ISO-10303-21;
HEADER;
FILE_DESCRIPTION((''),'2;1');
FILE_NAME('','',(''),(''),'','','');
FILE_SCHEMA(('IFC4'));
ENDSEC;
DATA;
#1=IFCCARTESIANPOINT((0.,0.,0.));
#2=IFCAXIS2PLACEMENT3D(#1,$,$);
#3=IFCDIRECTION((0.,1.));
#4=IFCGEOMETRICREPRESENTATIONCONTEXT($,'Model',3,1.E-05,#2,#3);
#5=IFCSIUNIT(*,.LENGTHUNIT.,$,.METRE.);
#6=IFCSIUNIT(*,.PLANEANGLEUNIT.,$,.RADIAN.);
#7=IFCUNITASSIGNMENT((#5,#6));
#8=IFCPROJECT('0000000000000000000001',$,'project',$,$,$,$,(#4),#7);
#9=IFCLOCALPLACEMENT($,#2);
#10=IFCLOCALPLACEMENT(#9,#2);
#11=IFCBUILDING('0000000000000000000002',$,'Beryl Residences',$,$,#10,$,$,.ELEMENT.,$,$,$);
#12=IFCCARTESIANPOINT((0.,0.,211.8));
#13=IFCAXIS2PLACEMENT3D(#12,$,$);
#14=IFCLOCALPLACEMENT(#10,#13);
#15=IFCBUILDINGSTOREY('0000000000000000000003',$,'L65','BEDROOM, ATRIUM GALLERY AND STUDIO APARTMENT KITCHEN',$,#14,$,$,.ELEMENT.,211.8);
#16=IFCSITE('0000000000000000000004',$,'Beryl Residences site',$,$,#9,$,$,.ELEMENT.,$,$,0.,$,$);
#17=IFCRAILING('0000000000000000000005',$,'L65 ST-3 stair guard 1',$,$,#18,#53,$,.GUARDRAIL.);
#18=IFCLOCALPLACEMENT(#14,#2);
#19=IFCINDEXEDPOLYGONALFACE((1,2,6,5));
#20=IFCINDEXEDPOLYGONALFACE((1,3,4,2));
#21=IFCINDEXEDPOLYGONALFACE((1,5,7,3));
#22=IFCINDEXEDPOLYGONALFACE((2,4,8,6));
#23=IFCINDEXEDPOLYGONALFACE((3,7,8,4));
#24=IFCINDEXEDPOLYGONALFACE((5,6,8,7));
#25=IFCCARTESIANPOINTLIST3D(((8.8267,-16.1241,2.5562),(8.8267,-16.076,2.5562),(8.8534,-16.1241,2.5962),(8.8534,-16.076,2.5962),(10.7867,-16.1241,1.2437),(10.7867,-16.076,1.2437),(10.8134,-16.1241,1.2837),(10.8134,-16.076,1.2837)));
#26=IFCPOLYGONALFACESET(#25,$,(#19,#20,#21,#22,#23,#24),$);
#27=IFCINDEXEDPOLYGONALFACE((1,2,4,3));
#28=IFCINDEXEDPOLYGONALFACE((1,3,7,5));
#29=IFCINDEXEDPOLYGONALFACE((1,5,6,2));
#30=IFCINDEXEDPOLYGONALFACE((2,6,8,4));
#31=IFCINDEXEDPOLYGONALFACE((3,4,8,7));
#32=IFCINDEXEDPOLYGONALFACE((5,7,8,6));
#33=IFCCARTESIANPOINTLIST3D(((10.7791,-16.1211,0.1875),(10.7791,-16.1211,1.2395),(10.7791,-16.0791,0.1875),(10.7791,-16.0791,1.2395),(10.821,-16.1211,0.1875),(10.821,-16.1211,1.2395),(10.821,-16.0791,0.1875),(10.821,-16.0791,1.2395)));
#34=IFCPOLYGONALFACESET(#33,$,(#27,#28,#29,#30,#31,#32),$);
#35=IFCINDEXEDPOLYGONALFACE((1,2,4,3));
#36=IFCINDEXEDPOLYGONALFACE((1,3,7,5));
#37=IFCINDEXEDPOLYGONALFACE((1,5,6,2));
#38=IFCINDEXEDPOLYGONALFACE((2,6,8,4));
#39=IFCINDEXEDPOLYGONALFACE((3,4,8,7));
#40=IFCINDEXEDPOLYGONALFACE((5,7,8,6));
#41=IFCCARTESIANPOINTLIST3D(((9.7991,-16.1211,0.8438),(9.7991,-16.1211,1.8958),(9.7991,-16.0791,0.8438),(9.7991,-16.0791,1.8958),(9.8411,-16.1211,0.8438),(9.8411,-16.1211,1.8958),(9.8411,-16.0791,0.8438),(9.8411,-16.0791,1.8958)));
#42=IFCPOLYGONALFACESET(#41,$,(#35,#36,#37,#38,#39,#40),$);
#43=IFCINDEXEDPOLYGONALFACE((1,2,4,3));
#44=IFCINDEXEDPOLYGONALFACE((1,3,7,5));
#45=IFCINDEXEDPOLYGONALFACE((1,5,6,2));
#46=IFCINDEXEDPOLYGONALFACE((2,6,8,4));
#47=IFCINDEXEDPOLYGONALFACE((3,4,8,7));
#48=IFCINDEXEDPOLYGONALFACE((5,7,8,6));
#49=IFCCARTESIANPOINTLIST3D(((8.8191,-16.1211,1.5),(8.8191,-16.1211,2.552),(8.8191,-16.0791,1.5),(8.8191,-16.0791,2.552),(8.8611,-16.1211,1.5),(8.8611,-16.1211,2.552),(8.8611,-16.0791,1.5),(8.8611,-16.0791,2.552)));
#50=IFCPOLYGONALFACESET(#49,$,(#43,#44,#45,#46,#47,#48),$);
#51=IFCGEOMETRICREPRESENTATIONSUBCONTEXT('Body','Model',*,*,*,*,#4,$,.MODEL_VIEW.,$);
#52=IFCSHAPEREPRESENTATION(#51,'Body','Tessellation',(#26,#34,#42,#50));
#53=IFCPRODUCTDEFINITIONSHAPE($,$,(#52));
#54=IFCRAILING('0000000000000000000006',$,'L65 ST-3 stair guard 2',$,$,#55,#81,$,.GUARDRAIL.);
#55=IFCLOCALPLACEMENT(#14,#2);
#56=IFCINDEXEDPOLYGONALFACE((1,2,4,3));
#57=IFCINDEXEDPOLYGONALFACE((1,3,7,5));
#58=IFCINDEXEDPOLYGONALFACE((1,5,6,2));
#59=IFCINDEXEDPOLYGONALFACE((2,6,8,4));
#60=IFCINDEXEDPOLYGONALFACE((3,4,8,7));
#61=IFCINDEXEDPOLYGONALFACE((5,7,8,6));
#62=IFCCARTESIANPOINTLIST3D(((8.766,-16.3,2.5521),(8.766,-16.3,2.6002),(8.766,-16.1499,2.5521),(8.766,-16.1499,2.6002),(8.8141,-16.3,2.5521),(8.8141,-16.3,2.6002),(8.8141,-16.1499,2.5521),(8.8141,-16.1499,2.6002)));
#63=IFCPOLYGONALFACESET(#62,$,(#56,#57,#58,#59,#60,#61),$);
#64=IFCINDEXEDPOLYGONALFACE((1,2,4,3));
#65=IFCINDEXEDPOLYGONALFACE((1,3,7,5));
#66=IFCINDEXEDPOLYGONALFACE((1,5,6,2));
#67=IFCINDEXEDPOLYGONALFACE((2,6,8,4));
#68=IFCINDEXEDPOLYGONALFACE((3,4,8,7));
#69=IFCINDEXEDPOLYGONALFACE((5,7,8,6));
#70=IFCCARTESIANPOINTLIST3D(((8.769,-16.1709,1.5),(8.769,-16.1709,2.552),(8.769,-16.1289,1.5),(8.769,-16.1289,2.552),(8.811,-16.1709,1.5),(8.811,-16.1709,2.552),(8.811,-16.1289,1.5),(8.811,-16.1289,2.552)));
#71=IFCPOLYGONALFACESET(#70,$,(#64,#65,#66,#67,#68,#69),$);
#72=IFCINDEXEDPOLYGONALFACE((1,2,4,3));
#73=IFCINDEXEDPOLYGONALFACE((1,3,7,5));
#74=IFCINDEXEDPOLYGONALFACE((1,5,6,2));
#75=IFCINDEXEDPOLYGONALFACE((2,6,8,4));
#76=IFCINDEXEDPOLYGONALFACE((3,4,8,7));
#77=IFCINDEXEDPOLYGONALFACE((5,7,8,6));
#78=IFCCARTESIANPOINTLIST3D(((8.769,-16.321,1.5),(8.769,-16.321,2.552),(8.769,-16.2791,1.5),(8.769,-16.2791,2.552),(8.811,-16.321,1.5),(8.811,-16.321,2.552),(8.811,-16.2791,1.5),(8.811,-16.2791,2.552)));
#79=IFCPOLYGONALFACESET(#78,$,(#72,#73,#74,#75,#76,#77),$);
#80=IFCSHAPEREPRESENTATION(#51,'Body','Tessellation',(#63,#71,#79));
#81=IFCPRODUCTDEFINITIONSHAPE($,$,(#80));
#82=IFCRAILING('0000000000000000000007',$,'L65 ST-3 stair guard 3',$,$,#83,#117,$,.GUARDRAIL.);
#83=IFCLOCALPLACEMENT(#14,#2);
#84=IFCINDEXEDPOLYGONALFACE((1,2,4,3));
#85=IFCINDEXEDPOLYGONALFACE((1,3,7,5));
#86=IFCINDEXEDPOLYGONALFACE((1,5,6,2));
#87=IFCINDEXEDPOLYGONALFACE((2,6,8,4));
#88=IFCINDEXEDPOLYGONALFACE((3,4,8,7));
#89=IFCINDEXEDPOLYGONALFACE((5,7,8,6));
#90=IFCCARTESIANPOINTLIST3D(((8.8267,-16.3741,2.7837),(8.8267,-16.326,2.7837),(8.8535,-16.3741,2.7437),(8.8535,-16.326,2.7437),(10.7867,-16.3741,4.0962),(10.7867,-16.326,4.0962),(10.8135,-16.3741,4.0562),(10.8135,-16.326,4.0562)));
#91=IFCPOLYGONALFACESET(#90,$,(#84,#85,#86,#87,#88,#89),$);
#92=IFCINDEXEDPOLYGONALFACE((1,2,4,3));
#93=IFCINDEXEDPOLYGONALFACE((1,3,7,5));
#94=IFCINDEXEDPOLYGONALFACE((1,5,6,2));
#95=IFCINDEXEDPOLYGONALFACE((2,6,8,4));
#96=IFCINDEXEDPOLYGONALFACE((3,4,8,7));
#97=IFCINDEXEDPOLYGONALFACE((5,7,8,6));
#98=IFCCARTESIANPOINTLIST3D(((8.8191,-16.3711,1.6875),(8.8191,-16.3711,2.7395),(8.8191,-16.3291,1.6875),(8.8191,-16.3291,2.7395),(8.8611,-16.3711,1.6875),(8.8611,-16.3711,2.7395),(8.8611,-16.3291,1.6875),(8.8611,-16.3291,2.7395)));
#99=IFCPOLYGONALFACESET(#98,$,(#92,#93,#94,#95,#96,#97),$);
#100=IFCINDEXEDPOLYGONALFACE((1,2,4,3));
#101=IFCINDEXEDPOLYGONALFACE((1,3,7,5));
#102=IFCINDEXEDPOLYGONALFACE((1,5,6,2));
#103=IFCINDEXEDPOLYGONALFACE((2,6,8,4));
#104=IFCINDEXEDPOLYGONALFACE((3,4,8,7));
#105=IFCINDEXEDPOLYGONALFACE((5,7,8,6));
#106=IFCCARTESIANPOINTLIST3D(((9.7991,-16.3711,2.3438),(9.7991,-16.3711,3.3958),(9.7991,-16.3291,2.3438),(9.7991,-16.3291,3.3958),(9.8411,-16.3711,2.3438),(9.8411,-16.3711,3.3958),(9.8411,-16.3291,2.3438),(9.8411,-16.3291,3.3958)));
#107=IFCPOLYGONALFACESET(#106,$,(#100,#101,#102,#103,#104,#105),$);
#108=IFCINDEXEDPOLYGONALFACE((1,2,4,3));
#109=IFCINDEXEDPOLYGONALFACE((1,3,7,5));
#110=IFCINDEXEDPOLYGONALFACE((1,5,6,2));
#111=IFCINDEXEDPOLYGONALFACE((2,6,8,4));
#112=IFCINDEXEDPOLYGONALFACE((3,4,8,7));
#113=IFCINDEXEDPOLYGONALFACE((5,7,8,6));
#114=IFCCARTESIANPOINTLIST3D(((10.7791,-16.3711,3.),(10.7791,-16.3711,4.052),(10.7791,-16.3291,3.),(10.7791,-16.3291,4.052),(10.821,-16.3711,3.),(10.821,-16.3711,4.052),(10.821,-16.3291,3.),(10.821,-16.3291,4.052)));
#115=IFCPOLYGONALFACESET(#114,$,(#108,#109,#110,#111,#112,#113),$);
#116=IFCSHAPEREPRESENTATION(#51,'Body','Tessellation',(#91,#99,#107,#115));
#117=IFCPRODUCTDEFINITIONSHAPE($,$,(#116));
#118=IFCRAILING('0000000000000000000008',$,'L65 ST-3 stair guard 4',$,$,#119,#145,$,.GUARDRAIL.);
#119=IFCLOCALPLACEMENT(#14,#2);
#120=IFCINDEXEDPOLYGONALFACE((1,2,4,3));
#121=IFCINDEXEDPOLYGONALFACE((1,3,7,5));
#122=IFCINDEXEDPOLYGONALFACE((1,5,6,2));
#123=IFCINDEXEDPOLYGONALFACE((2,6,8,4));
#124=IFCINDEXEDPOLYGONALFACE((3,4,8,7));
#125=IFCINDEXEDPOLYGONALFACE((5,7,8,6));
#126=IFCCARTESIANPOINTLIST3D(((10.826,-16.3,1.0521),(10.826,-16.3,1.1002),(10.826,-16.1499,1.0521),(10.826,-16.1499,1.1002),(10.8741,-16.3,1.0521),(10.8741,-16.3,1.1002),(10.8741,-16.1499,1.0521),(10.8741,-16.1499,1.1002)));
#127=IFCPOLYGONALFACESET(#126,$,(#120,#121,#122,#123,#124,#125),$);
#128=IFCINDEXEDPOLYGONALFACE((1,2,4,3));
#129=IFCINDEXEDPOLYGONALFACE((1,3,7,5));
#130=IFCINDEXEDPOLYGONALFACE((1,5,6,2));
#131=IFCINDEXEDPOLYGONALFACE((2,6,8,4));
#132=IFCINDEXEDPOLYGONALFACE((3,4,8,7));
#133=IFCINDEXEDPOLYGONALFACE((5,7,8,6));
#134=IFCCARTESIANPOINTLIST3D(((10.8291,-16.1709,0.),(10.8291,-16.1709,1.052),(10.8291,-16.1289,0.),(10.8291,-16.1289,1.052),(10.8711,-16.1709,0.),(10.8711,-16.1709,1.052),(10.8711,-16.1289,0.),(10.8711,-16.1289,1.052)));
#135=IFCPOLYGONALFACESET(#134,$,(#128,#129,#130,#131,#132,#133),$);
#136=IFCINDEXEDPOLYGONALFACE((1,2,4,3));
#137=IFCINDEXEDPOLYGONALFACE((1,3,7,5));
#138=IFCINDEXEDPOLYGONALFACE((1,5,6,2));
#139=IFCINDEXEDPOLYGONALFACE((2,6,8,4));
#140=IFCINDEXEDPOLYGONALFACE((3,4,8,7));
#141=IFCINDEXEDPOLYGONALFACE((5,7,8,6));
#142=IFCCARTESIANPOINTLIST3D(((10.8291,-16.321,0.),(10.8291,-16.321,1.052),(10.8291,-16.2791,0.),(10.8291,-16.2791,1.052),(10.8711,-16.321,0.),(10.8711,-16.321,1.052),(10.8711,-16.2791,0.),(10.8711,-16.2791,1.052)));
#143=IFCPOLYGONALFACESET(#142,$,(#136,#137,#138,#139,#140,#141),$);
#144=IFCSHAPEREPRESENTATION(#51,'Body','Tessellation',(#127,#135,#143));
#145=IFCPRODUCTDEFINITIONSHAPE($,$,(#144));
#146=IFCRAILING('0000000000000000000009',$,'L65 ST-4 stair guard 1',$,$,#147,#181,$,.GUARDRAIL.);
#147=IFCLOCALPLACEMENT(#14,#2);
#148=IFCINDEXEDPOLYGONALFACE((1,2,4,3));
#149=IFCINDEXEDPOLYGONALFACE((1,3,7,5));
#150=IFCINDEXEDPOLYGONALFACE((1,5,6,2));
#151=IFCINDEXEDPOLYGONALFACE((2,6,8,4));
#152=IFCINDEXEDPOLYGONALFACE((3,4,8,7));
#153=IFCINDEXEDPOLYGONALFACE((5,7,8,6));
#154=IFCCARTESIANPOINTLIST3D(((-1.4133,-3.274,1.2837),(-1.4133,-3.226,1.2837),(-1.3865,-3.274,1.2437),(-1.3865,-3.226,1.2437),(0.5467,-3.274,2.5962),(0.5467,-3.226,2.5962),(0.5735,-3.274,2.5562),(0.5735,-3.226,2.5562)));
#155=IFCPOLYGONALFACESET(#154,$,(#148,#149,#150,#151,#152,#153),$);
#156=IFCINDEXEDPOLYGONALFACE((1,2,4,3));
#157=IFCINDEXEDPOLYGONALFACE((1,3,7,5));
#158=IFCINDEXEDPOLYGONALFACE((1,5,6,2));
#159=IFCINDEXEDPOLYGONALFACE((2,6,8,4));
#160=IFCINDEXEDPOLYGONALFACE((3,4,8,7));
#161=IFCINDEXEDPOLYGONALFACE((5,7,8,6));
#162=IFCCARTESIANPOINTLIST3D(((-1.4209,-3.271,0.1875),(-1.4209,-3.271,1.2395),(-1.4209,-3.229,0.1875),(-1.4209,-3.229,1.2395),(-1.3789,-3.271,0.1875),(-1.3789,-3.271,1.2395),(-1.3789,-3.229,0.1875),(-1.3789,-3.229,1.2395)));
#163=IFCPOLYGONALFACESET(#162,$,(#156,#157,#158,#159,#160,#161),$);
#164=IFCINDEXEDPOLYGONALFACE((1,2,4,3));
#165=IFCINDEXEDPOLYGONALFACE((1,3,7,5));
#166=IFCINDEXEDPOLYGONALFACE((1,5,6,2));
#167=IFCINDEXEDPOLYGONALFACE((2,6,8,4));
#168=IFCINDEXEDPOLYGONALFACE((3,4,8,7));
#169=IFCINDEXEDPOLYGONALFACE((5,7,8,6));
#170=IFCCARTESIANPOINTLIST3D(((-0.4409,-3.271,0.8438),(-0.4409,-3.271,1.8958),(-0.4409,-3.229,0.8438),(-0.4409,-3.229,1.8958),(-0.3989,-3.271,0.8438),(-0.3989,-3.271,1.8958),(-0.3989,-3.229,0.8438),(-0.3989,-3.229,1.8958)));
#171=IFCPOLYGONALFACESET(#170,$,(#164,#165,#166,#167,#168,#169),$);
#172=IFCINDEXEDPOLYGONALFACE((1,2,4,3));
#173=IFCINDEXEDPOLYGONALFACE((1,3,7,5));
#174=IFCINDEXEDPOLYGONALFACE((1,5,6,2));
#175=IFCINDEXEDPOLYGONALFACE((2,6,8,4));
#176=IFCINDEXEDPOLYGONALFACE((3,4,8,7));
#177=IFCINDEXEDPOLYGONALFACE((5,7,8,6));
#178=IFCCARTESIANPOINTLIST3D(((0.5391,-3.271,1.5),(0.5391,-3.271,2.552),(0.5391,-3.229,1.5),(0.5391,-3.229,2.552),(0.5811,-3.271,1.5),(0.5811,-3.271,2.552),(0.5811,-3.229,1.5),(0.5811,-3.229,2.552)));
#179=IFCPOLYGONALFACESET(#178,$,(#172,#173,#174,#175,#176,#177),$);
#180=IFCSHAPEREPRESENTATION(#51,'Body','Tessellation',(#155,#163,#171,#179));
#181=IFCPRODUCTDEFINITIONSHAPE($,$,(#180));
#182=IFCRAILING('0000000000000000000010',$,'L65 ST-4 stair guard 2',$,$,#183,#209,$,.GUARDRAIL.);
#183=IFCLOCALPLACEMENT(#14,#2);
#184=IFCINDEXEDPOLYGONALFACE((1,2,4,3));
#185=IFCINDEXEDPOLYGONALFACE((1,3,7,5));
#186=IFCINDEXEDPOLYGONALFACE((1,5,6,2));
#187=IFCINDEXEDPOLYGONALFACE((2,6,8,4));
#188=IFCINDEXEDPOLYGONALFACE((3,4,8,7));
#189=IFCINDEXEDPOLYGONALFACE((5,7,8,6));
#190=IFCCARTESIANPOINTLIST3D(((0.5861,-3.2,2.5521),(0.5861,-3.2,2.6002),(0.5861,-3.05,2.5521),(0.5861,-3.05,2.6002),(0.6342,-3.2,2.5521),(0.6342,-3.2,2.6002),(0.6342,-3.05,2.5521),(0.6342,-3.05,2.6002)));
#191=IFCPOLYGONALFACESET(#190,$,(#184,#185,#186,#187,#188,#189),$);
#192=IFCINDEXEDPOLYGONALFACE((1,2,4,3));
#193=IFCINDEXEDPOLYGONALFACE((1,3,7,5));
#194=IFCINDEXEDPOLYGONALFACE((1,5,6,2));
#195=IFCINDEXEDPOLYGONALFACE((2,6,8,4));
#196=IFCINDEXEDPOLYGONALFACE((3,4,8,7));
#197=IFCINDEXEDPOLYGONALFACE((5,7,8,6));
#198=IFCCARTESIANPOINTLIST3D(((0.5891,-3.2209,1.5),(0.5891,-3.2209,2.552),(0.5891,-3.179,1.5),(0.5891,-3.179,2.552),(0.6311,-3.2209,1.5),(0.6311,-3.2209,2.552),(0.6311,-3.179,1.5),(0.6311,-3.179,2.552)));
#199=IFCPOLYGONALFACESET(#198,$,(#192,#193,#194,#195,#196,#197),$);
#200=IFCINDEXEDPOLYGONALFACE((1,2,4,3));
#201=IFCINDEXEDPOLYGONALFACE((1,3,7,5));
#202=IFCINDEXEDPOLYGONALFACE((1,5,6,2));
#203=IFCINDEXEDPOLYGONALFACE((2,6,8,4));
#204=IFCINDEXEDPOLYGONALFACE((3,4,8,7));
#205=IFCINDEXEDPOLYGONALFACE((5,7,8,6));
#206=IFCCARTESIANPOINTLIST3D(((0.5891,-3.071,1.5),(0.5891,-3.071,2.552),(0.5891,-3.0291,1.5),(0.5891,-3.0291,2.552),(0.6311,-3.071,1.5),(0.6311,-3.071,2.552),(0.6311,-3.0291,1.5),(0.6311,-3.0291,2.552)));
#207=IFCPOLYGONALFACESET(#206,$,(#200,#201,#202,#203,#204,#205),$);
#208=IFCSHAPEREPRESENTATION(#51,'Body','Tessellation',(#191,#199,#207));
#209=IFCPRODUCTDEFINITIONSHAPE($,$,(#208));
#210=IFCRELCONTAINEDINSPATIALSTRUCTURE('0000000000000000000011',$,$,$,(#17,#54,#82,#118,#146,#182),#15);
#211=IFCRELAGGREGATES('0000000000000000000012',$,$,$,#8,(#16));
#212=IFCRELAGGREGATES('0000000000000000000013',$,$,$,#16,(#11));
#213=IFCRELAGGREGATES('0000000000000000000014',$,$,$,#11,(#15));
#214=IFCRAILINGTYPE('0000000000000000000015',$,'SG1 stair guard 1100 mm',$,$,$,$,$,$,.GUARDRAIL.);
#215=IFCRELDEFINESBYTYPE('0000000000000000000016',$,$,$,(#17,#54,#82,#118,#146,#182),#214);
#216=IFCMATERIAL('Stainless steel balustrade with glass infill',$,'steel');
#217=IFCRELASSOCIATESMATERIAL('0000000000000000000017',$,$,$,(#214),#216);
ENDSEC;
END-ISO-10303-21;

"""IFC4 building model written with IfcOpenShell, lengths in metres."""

from ifc_helpers import new_model, si_unit, direction, frame, origin, origin_2d, place, context, subcontext, project, spatial, rectangle, extrude, material, type_object, element, save


model = new_model("IFC4")

# Units and contexts
model_context = context("Model", 3, precision=1e-05, world=origin(), true_north=direction((0.0, 1.0)))
body_context = subcontext(model_context, "Body", "Model", "MODEL_VIEW")
ifc_project = project(units=[si_unit("LENGTHUNIT", "METRE"), si_unit("PLANEANGLEUNIT", "RADIAN")], contexts=[model_context])

# Site, building, storey
site_placement = place(None, origin())
site = spatial("IfcSite", under=ifc_project, at=site_placement, Name="Beryl Residences site", CompositionType="ELEMENT", RefElevation=0.0)
building_placement = place(site_placement, origin())
building = spatial("IfcBuilding", under=site, at=building_placement, Name="Beryl Residences", CompositionType="ELEMENT")
storey_placement = place(building_placement, frame((0.0, 0.0, 211.8)))
storey = spatial("IfcBuildingStorey", under=building, at=storey_placement, Name="L65", Description="BEDROOM, ATRIUM GALLERY AND STUDIO APARTMENT KITCHEN", CompositionType="ELEMENT", Elevation=211.8)

# Railings
ifc_material_1 = material(Name="Stainless steel balustrade with glass infill", Category="steel")
railing_type_1 = type_object("IfcRailingType", Name="SG1 stair guard 1100 mm", PredefinedType="GUARDRAIL", material=ifc_material_1)
railing_1_placement = place(storey_placement, frame((10.8, -16.1001, 0.1875)))
element("IfcRailing", 1, at=railing_1_placement, inside=storey, type_object=railing_type_1, Name="L65 ST-3 stair guard 1", PredefinedType="GUARDRAIL", context=body_context, shape_type="SweptSolid", body=[
    extrude(rectangle(XDim=0.0481, YDim=0.0481, at=origin_2d()), frame((0.0, 0.0, 1.0762), z_axis=(-0.830902, 0.0, 0.556419), x_axis=(0.0, -1.0, 0.0)), (0.0, 0.0, 1.0), 2.3589),
    extrude(rectangle(XDim=0.042, YDim=0.042, at=origin_2d()), origin(), (0.0, 0.0, 1.0), 1.052),
    extrude(rectangle(XDim=0.042, YDim=0.042, at=origin_2d()), frame((-0.98, 0.0, 0.6562)), (0.0, 0.0, 1.0), 1.052),
    extrude(rectangle(XDim=0.042, YDim=0.042, at=origin_2d()), frame((-1.96, 0.0, 1.3125)), (0.0, 0.0, 1.0), 1.052),
])
railing_2_placement = place(storey_placement, frame((8.79, -16.1499, 1.5)))
element("IfcRailing", 2, at=railing_2_placement, inside=storey, type_object=railing_type_1, Name="L65 ST-3 stair guard 2", PredefinedType="GUARDRAIL", context=body_context, shape_type="SweptSolid", body=[
    extrude(rectangle(XDim=0.0481, YDim=0.0481, at=origin_2d()), frame((0.0, 0.0, 1.0762), z_axis=(0.0, -1.0, 0.0), x_axis=(1.0, 0.0, 0.0)), (0.0, 0.0, 1.0), 0.1501),
    extrude(rectangle(XDim=0.042, YDim=0.042, at=origin_2d()), origin(), (0.0, 0.0, 1.0), 1.052),
    extrude(rectangle(XDim=0.042, YDim=0.042, at=origin_2d()), frame((0.0, -0.1501, 0.0)), (0.0, 0.0, 1.0), 1.052),
])
railing_3_placement = place(storey_placement, frame((8.8401, -16.3501, 1.6875)))
element("IfcRailing", 3, at=railing_3_placement, inside=storey, type_object=railing_type_1, Name="L65 ST-3 stair guard 3", PredefinedType="GUARDRAIL", context=body_context, shape_type="SweptSolid", body=[
    extrude(rectangle(XDim=0.0481, YDim=0.0481, at=origin_2d()), frame((0.0, 0.0, 1.0762), z_axis=(0.830902, 0.0, 0.556419), x_axis=(0.0, 1.0, 0.0)), (0.0, 0.0, 1.0), 2.3589),
    extrude(rectangle(XDim=0.042, YDim=0.042, at=origin_2d()), origin(), (0.0, 0.0, 1.0), 1.052),
    extrude(rectangle(XDim=0.042, YDim=0.042, at=origin_2d()), frame((0.98, 0.0, 0.6562)), (0.0, 0.0, 1.0), 1.052),
    extrude(rectangle(XDim=0.042, YDim=0.042, at=origin_2d()), frame((1.96, 0.0, 1.3125)), (0.0, 0.0, 1.0), 1.052),
])
railing_4_placement = place(storey_placement, frame((10.8501, -16.1499, 0.0)))
element("IfcRailing", 4, at=railing_4_placement, inside=storey, type_object=railing_type_1, Name="L65 ST-3 stair guard 4", PredefinedType="GUARDRAIL", context=body_context, shape_type="SweptSolid", body=[
    extrude(rectangle(XDim=0.0481, YDim=0.0481, at=origin_2d()), frame((0.0, 0.0, 1.0762), z_axis=(0.0, -1.0, 0.0), x_axis=(1.0, 0.0, 0.0)), (0.0, 0.0, 1.0), 0.1501),
    extrude(rectangle(XDim=0.042, YDim=0.042, at=origin_2d()), origin(), (0.0, 0.0, 1.0), 1.052),
    extrude(rectangle(XDim=0.042, YDim=0.042, at=origin_2d()), frame((0.0, -0.1501, 0.0)), (0.0, 0.0, 1.0), 1.052),
])
railing_5_placement = place(storey_placement, frame((-1.3999, -3.25, 0.1875)))
element("IfcRailing", 5, at=railing_5_placement, inside=storey, type_object=railing_type_1, Name="L65 ST-4 stair guard 1", PredefinedType="GUARDRAIL", context=body_context, shape_type="SweptSolid", body=[
    extrude(rectangle(XDim=0.0481, YDim=0.0481, at=origin_2d()), frame((0.0, 0.0, 1.0762), z_axis=(0.830902, 0.0, 0.556419), x_axis=(0.0, 1.0, 0.0)), (0.0, 0.0, 1.0), 2.3589),
    extrude(rectangle(XDim=0.042, YDim=0.042, at=origin_2d()), origin(), (0.0, 0.0, 1.0), 1.052),
    extrude(rectangle(XDim=0.042, YDim=0.042, at=origin_2d()), frame((0.98, 0.0, 0.6562)), (0.0, 0.0, 1.0), 1.052),
    extrude(rectangle(XDim=0.042, YDim=0.042, at=origin_2d()), frame((1.96, 0.0, 1.3125)), (0.0, 0.0, 1.0), 1.052),
])
railing_6_placement = place(storey_placement, frame((0.6101, -3.2, 1.5)))
element("IfcRailing", 6, at=railing_6_placement, inside=storey, type_object=railing_type_1, Name="L65 ST-4 stair guard 2", PredefinedType="GUARDRAIL", context=body_context, shape_type="SweptSolid", body=[
    extrude(rectangle(XDim=0.0481, YDim=0.0481, at=origin_2d()), frame((0.0, 0.0, 1.0762), z_axis=(0.0, 1.0, 0.0), x_axis=(-1.0, 0.0, 0.0)), (0.0, 0.0, 1.0), 0.1499),
    extrude(rectangle(XDim=0.042, YDim=0.042, at=origin_2d()), origin(), (0.0, 0.0, 1.0), 1.052),
    extrude(rectangle(XDim=0.042, YDim=0.042, at=origin_2d()), frame((0.0, 0.1499, 0.0)), (0.0, 0.0, 1.0), 1.052),
])

save(model, "model.ifc")
